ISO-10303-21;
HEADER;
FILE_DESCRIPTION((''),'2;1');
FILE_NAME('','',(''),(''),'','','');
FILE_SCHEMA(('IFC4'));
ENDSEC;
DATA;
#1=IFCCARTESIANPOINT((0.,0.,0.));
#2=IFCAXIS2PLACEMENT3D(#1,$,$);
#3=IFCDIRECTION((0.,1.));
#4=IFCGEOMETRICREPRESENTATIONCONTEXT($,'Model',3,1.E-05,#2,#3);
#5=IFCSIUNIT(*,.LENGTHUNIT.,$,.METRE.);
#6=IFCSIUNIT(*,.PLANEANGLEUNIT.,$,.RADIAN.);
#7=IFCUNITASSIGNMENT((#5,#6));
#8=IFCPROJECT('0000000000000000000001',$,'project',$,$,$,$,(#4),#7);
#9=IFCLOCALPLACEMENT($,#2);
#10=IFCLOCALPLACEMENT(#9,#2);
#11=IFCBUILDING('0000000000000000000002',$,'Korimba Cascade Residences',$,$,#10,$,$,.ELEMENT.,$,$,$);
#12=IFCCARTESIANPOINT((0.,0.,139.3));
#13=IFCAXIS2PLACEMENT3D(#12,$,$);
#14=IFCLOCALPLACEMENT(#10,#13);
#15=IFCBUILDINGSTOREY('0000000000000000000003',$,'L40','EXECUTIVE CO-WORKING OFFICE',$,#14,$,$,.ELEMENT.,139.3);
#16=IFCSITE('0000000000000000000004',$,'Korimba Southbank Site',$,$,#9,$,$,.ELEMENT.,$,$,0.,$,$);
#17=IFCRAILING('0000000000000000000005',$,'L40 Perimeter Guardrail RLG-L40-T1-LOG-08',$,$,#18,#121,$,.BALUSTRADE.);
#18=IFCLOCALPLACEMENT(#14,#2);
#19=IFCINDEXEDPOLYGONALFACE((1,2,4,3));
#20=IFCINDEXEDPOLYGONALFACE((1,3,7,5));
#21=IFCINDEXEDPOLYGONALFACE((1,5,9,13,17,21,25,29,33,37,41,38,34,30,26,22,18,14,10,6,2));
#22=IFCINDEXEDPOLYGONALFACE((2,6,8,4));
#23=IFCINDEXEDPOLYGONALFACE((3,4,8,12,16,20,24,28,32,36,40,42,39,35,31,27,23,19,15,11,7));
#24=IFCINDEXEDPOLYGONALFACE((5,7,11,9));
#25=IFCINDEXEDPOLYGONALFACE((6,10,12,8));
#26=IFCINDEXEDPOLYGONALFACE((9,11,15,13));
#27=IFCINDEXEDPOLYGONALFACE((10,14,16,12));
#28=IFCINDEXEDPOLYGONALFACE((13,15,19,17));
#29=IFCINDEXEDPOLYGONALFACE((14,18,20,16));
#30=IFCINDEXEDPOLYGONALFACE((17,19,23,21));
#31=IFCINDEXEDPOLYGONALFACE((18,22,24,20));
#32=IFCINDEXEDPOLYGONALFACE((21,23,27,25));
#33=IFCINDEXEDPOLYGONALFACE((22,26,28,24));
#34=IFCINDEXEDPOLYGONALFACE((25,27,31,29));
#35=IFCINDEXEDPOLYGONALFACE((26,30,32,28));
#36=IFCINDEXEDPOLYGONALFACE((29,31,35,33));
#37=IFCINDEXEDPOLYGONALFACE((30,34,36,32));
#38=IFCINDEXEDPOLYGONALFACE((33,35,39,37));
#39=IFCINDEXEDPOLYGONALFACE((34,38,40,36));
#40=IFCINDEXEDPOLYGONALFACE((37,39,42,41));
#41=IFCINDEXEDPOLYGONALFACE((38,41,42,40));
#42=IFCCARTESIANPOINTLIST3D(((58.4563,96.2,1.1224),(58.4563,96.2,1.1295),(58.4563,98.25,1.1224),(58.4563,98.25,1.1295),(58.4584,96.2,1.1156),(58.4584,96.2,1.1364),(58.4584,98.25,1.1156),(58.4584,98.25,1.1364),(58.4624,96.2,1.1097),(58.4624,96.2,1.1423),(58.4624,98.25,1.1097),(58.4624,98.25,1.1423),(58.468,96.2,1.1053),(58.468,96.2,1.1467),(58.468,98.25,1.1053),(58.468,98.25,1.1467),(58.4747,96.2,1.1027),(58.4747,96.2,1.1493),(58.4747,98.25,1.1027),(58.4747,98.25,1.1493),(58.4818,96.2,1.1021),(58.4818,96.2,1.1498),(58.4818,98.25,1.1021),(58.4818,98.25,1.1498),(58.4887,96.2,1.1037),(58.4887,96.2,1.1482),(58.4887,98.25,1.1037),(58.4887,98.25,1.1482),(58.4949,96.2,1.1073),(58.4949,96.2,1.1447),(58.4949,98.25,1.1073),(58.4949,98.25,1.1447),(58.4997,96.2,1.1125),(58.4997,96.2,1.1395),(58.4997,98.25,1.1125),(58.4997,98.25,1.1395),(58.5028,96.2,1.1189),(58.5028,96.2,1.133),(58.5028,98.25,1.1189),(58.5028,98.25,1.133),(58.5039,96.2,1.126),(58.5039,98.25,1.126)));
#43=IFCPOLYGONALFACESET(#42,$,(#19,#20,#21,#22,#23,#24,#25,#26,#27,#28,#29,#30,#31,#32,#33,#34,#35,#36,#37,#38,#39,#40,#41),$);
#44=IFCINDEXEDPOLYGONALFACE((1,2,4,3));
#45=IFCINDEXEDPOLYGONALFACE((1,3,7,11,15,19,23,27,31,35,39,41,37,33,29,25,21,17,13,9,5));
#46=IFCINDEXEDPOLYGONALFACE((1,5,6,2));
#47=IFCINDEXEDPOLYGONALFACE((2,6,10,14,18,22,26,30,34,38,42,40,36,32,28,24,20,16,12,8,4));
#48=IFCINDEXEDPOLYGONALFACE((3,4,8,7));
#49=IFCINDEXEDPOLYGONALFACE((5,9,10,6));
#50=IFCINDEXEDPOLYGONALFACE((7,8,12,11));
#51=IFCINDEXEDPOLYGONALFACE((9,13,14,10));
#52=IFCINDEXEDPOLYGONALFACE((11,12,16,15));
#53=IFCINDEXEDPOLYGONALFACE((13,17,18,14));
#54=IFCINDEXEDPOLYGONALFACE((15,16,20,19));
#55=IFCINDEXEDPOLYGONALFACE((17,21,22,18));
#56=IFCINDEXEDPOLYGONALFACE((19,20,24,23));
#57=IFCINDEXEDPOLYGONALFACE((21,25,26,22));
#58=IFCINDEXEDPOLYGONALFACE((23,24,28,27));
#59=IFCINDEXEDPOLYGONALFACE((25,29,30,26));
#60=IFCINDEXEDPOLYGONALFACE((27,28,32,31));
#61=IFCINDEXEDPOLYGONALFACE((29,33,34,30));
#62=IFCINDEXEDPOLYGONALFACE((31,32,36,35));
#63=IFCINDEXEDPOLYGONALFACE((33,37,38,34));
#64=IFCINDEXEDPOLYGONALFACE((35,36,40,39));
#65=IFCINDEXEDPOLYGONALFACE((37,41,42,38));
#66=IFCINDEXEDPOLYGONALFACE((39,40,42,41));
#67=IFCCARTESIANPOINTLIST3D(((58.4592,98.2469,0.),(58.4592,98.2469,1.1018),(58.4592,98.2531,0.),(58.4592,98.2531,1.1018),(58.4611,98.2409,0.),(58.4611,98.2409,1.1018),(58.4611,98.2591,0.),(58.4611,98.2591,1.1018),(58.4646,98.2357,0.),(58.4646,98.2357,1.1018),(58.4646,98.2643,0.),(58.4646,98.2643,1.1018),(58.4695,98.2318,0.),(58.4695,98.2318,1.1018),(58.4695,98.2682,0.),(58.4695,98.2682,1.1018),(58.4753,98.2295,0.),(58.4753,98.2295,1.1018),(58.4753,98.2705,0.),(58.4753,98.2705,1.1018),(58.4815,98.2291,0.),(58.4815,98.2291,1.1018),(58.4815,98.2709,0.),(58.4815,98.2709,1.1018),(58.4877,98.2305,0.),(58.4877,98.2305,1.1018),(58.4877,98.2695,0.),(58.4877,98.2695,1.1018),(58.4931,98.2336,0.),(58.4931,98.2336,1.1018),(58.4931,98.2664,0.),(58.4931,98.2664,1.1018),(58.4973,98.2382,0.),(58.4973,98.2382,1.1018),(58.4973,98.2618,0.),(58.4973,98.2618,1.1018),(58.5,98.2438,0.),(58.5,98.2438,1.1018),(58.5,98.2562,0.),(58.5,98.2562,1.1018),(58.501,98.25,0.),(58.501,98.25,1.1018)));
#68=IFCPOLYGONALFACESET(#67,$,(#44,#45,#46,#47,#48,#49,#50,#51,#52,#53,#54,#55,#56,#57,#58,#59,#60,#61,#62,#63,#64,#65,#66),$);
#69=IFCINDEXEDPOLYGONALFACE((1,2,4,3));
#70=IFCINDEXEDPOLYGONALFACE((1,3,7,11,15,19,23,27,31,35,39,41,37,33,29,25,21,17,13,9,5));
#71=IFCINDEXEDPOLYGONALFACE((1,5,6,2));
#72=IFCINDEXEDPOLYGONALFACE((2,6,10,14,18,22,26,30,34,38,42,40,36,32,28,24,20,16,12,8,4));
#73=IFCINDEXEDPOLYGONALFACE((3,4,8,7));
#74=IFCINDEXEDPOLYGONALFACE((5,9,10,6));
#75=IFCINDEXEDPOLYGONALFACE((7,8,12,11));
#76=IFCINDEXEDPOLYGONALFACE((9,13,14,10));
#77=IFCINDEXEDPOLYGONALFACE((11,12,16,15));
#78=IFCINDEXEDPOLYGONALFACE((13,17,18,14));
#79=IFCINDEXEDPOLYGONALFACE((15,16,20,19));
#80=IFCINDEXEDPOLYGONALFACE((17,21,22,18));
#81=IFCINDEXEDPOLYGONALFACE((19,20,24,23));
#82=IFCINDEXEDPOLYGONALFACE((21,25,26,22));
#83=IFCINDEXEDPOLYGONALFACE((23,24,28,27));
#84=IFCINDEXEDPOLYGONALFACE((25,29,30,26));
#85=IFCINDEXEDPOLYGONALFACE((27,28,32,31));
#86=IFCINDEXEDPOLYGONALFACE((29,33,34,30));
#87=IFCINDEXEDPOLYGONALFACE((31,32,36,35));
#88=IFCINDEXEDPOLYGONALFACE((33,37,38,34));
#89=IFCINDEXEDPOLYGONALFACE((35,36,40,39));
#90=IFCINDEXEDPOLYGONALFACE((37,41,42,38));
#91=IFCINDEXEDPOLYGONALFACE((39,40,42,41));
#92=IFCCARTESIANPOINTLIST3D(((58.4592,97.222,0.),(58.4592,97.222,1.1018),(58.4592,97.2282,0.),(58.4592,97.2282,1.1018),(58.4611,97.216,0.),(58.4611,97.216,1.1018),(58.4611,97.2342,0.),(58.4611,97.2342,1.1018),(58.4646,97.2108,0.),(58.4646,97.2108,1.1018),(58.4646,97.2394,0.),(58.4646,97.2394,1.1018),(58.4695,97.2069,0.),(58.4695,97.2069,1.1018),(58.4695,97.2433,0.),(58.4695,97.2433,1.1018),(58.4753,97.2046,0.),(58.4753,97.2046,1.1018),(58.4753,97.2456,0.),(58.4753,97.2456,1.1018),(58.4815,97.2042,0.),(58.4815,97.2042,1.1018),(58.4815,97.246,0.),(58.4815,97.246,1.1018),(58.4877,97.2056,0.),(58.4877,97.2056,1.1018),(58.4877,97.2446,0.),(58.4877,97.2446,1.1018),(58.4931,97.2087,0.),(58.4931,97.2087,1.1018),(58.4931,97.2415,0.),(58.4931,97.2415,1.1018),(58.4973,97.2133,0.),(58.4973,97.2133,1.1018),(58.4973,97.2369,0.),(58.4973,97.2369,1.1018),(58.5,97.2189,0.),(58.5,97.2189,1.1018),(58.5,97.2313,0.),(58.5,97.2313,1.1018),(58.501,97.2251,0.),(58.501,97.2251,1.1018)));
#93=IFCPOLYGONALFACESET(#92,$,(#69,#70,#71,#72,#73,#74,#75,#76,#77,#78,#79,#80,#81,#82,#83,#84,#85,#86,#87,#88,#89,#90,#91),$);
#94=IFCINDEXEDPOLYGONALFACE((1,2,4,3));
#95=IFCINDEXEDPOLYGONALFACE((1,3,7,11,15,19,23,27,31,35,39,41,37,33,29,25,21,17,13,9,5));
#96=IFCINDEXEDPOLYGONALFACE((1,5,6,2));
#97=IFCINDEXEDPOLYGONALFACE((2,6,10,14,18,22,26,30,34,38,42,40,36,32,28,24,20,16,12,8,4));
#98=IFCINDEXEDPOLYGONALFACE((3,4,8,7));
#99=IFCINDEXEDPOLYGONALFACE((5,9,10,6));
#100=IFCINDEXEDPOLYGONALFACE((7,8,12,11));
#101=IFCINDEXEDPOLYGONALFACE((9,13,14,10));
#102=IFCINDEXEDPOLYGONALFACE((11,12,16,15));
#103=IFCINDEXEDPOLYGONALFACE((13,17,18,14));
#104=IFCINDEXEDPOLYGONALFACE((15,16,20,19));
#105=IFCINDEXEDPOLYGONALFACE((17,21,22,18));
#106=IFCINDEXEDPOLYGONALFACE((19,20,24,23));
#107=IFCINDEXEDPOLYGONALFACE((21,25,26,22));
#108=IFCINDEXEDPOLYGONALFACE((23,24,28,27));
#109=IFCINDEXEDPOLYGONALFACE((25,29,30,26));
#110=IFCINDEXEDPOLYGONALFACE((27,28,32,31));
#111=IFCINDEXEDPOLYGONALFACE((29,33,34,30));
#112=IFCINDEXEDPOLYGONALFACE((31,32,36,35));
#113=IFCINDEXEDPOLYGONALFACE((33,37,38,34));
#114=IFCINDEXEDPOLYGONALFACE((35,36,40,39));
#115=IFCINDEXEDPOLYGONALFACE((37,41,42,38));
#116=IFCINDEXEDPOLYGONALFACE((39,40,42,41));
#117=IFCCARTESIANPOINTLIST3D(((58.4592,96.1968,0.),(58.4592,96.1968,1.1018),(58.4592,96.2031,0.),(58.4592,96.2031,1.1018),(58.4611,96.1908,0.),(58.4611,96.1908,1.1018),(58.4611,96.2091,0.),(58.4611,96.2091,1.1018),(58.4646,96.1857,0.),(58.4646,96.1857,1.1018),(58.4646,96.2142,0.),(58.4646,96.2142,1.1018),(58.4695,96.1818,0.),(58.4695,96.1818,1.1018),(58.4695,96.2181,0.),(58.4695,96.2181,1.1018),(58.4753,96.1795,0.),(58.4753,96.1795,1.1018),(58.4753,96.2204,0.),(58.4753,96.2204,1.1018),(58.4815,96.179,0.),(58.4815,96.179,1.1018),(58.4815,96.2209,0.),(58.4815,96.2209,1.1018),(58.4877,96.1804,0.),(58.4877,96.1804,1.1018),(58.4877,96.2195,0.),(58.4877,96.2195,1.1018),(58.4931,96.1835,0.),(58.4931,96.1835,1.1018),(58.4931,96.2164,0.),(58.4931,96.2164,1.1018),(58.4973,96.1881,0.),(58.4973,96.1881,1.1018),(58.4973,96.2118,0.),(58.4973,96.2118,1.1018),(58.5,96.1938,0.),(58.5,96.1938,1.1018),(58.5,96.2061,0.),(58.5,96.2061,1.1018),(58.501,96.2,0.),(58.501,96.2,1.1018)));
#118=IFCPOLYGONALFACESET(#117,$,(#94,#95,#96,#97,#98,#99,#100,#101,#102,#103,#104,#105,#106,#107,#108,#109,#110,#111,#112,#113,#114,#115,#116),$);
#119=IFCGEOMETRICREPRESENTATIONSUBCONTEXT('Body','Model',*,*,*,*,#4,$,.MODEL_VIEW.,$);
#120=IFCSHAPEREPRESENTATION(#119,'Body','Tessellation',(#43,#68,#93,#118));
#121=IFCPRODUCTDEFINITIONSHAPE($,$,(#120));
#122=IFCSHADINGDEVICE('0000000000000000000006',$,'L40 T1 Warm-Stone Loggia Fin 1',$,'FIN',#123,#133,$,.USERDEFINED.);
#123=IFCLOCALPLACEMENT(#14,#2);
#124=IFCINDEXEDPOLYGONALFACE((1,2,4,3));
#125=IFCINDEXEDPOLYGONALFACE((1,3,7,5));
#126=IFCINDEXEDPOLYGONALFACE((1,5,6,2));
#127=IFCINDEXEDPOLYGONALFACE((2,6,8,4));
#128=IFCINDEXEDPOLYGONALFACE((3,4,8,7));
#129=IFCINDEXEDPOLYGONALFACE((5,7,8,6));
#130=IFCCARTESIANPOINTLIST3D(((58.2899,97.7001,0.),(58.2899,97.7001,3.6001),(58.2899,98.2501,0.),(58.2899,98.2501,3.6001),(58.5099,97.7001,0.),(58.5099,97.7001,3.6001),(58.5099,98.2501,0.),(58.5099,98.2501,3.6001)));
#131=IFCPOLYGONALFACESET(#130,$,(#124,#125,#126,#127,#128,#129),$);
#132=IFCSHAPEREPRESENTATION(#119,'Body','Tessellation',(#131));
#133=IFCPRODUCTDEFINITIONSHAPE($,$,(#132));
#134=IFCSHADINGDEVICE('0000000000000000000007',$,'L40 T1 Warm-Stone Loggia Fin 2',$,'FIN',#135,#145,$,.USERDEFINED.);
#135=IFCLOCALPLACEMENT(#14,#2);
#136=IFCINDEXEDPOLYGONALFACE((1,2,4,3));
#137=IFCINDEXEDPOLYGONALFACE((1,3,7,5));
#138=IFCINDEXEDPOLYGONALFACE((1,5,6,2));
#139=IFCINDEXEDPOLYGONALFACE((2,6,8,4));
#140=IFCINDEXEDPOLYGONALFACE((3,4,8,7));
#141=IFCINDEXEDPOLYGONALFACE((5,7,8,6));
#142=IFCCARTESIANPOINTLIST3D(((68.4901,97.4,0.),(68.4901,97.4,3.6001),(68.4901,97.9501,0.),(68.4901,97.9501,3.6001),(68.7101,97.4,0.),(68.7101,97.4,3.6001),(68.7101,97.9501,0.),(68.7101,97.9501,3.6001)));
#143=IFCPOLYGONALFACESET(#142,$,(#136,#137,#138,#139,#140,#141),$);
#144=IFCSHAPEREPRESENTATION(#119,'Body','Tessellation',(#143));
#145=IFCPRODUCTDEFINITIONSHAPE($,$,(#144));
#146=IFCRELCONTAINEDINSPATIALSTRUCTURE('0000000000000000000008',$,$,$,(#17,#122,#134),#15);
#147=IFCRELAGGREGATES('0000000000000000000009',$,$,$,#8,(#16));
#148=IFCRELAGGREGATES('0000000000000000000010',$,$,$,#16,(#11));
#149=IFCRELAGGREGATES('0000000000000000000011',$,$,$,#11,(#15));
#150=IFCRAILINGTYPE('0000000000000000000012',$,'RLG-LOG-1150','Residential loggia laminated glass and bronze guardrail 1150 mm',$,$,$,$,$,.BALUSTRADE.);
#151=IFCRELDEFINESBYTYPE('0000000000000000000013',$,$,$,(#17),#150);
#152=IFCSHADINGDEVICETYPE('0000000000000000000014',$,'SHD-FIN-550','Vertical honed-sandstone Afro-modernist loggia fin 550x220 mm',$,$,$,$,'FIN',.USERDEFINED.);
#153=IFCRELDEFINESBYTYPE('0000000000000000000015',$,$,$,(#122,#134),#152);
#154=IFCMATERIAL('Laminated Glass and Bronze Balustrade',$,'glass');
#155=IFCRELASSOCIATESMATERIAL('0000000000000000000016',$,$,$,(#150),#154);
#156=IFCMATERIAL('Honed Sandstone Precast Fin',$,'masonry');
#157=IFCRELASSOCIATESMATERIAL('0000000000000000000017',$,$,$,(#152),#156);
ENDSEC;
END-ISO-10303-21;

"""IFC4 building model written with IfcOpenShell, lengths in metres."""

from ifc_helpers import new_model, si_unit, direction, frame, origin, origin_2d, place, context, subcontext, project, spatial, rectangle, circle, extrude, material, type_object, element, save


model = new_model("IFC4")

# Units and contexts
model_context = context("Model", 3, precision=1e-05, world=origin(), true_north=direction((0.0, 1.0)))
body_context = subcontext(model_context, "Body", "Model", "MODEL_VIEW")
ifc_project = project(units=[si_unit("LENGTHUNIT", "METRE"), si_unit("PLANEANGLEUNIT", "RADIAN")], contexts=[model_context])

# Site, building, storey
site_placement = place(None, origin())
site = spatial("IfcSite", under=ifc_project, at=site_placement, Name="Korimba Southbank Site", CompositionType="ELEMENT", RefElevation=0.0)
building_placement = place(site_placement, origin())
building = spatial("IfcBuilding", under=site, at=building_placement, Name="Korimba Cascade Residences", CompositionType="ELEMENT")
storey_placement = place(building_placement, frame((0.0, 0.0, 139.3)))
storey = spatial("IfcBuildingStorey", under=building, at=storey_placement, Name="L40", Description="EXECUTIVE CO-WORKING OFFICE", CompositionType="ELEMENT", Elevation=139.3)

# Railing
ifc_material_1 = material(Name="Laminated Glass and Bronze Balustrade", Category="glass")
railing_type = type_object("IfcRailingType", Name="RLG-LOG-1150", Description="Residential loggia laminated glass and bronze guardrail 1150 mm", PredefinedType="BALUSTRADE", material=ifc_material_1)
railing_1_placement = place(storey_placement, frame((58.48, 98.25, 0.0)))
element("IfcRailing", 1, at=railing_1_placement, inside=storey, type_object=railing_type, Name="L40 Perimeter Guardrail RLG-L40-T1-LOG-08", PredefinedType="BALUSTRADE", context=body_context, shape_type="SweptSolid", body=[
    extrude(circle(Radius=0.0239, at=origin_2d()), frame((0.0, 0.0, 1.126), z_axis=(0.0, -1.0, 0.0), x_axis=(1.0, 0.0, 0.0)), (0.0, 0.0, 1.0), 2.05),
    extrude(circle(Radius=0.021, at=origin_2d()), origin(), (0.0, 0.0, 1.0), 1.1018),
    extrude(circle(Radius=0.021, at=origin_2d()), frame((0.0, -1.0249, 0.0)), (0.0, 0.0, 1.0), 1.1018),
    extrude(circle(Radius=0.021, at=origin_2d()), frame((0.0, -2.05, 0.0)), (0.0, 0.0, 1.0), 1.1018),
])

# Shading devices
ifc_material_2 = material(Name="Honed Sandstone Precast Fin", Category="masonry")
shading_device_type = type_object("IfcShadingDeviceType", Name="SHD-FIN-550", Description="Vertical honed-sandstone Afro-modernist loggia fin 550x220 mm", ElementType="FIN", PredefinedType="USERDEFINED", material=ifc_material_2)
for number, where, z_axis, x_axis, name in (
    (2, (58.3999, 97.9751, 0.0), (0.0, 0.0, 1.0), (1.0, 0.0, 0.0), "L40 T1 Warm-Stone Loggia Fin 1"),
    (3, (68.6001, 97.675, 0.0), (0.0, 0.0, 1.0), (1.0, 0.0, 0.0), "L40 T1 Warm-Stone Loggia Fin 2"),
):
    element("IfcShadingDevice", number, at=place(storey_placement, frame(where, z_axis=z_axis, x_axis=x_axis)), inside=storey, type_object=shading_device_type, Name=name, ObjectType="FIN", PredefinedType="USERDEFINED", context=body_context, shape_type="SweptSolid", body=[
        extrude(rectangle(XDim=0.22, YDim=0.55, at=origin_2d()), origin(), (0.0, 0.0, 1.0), 3.6001),
    ])

save(model, "model.ifc")
